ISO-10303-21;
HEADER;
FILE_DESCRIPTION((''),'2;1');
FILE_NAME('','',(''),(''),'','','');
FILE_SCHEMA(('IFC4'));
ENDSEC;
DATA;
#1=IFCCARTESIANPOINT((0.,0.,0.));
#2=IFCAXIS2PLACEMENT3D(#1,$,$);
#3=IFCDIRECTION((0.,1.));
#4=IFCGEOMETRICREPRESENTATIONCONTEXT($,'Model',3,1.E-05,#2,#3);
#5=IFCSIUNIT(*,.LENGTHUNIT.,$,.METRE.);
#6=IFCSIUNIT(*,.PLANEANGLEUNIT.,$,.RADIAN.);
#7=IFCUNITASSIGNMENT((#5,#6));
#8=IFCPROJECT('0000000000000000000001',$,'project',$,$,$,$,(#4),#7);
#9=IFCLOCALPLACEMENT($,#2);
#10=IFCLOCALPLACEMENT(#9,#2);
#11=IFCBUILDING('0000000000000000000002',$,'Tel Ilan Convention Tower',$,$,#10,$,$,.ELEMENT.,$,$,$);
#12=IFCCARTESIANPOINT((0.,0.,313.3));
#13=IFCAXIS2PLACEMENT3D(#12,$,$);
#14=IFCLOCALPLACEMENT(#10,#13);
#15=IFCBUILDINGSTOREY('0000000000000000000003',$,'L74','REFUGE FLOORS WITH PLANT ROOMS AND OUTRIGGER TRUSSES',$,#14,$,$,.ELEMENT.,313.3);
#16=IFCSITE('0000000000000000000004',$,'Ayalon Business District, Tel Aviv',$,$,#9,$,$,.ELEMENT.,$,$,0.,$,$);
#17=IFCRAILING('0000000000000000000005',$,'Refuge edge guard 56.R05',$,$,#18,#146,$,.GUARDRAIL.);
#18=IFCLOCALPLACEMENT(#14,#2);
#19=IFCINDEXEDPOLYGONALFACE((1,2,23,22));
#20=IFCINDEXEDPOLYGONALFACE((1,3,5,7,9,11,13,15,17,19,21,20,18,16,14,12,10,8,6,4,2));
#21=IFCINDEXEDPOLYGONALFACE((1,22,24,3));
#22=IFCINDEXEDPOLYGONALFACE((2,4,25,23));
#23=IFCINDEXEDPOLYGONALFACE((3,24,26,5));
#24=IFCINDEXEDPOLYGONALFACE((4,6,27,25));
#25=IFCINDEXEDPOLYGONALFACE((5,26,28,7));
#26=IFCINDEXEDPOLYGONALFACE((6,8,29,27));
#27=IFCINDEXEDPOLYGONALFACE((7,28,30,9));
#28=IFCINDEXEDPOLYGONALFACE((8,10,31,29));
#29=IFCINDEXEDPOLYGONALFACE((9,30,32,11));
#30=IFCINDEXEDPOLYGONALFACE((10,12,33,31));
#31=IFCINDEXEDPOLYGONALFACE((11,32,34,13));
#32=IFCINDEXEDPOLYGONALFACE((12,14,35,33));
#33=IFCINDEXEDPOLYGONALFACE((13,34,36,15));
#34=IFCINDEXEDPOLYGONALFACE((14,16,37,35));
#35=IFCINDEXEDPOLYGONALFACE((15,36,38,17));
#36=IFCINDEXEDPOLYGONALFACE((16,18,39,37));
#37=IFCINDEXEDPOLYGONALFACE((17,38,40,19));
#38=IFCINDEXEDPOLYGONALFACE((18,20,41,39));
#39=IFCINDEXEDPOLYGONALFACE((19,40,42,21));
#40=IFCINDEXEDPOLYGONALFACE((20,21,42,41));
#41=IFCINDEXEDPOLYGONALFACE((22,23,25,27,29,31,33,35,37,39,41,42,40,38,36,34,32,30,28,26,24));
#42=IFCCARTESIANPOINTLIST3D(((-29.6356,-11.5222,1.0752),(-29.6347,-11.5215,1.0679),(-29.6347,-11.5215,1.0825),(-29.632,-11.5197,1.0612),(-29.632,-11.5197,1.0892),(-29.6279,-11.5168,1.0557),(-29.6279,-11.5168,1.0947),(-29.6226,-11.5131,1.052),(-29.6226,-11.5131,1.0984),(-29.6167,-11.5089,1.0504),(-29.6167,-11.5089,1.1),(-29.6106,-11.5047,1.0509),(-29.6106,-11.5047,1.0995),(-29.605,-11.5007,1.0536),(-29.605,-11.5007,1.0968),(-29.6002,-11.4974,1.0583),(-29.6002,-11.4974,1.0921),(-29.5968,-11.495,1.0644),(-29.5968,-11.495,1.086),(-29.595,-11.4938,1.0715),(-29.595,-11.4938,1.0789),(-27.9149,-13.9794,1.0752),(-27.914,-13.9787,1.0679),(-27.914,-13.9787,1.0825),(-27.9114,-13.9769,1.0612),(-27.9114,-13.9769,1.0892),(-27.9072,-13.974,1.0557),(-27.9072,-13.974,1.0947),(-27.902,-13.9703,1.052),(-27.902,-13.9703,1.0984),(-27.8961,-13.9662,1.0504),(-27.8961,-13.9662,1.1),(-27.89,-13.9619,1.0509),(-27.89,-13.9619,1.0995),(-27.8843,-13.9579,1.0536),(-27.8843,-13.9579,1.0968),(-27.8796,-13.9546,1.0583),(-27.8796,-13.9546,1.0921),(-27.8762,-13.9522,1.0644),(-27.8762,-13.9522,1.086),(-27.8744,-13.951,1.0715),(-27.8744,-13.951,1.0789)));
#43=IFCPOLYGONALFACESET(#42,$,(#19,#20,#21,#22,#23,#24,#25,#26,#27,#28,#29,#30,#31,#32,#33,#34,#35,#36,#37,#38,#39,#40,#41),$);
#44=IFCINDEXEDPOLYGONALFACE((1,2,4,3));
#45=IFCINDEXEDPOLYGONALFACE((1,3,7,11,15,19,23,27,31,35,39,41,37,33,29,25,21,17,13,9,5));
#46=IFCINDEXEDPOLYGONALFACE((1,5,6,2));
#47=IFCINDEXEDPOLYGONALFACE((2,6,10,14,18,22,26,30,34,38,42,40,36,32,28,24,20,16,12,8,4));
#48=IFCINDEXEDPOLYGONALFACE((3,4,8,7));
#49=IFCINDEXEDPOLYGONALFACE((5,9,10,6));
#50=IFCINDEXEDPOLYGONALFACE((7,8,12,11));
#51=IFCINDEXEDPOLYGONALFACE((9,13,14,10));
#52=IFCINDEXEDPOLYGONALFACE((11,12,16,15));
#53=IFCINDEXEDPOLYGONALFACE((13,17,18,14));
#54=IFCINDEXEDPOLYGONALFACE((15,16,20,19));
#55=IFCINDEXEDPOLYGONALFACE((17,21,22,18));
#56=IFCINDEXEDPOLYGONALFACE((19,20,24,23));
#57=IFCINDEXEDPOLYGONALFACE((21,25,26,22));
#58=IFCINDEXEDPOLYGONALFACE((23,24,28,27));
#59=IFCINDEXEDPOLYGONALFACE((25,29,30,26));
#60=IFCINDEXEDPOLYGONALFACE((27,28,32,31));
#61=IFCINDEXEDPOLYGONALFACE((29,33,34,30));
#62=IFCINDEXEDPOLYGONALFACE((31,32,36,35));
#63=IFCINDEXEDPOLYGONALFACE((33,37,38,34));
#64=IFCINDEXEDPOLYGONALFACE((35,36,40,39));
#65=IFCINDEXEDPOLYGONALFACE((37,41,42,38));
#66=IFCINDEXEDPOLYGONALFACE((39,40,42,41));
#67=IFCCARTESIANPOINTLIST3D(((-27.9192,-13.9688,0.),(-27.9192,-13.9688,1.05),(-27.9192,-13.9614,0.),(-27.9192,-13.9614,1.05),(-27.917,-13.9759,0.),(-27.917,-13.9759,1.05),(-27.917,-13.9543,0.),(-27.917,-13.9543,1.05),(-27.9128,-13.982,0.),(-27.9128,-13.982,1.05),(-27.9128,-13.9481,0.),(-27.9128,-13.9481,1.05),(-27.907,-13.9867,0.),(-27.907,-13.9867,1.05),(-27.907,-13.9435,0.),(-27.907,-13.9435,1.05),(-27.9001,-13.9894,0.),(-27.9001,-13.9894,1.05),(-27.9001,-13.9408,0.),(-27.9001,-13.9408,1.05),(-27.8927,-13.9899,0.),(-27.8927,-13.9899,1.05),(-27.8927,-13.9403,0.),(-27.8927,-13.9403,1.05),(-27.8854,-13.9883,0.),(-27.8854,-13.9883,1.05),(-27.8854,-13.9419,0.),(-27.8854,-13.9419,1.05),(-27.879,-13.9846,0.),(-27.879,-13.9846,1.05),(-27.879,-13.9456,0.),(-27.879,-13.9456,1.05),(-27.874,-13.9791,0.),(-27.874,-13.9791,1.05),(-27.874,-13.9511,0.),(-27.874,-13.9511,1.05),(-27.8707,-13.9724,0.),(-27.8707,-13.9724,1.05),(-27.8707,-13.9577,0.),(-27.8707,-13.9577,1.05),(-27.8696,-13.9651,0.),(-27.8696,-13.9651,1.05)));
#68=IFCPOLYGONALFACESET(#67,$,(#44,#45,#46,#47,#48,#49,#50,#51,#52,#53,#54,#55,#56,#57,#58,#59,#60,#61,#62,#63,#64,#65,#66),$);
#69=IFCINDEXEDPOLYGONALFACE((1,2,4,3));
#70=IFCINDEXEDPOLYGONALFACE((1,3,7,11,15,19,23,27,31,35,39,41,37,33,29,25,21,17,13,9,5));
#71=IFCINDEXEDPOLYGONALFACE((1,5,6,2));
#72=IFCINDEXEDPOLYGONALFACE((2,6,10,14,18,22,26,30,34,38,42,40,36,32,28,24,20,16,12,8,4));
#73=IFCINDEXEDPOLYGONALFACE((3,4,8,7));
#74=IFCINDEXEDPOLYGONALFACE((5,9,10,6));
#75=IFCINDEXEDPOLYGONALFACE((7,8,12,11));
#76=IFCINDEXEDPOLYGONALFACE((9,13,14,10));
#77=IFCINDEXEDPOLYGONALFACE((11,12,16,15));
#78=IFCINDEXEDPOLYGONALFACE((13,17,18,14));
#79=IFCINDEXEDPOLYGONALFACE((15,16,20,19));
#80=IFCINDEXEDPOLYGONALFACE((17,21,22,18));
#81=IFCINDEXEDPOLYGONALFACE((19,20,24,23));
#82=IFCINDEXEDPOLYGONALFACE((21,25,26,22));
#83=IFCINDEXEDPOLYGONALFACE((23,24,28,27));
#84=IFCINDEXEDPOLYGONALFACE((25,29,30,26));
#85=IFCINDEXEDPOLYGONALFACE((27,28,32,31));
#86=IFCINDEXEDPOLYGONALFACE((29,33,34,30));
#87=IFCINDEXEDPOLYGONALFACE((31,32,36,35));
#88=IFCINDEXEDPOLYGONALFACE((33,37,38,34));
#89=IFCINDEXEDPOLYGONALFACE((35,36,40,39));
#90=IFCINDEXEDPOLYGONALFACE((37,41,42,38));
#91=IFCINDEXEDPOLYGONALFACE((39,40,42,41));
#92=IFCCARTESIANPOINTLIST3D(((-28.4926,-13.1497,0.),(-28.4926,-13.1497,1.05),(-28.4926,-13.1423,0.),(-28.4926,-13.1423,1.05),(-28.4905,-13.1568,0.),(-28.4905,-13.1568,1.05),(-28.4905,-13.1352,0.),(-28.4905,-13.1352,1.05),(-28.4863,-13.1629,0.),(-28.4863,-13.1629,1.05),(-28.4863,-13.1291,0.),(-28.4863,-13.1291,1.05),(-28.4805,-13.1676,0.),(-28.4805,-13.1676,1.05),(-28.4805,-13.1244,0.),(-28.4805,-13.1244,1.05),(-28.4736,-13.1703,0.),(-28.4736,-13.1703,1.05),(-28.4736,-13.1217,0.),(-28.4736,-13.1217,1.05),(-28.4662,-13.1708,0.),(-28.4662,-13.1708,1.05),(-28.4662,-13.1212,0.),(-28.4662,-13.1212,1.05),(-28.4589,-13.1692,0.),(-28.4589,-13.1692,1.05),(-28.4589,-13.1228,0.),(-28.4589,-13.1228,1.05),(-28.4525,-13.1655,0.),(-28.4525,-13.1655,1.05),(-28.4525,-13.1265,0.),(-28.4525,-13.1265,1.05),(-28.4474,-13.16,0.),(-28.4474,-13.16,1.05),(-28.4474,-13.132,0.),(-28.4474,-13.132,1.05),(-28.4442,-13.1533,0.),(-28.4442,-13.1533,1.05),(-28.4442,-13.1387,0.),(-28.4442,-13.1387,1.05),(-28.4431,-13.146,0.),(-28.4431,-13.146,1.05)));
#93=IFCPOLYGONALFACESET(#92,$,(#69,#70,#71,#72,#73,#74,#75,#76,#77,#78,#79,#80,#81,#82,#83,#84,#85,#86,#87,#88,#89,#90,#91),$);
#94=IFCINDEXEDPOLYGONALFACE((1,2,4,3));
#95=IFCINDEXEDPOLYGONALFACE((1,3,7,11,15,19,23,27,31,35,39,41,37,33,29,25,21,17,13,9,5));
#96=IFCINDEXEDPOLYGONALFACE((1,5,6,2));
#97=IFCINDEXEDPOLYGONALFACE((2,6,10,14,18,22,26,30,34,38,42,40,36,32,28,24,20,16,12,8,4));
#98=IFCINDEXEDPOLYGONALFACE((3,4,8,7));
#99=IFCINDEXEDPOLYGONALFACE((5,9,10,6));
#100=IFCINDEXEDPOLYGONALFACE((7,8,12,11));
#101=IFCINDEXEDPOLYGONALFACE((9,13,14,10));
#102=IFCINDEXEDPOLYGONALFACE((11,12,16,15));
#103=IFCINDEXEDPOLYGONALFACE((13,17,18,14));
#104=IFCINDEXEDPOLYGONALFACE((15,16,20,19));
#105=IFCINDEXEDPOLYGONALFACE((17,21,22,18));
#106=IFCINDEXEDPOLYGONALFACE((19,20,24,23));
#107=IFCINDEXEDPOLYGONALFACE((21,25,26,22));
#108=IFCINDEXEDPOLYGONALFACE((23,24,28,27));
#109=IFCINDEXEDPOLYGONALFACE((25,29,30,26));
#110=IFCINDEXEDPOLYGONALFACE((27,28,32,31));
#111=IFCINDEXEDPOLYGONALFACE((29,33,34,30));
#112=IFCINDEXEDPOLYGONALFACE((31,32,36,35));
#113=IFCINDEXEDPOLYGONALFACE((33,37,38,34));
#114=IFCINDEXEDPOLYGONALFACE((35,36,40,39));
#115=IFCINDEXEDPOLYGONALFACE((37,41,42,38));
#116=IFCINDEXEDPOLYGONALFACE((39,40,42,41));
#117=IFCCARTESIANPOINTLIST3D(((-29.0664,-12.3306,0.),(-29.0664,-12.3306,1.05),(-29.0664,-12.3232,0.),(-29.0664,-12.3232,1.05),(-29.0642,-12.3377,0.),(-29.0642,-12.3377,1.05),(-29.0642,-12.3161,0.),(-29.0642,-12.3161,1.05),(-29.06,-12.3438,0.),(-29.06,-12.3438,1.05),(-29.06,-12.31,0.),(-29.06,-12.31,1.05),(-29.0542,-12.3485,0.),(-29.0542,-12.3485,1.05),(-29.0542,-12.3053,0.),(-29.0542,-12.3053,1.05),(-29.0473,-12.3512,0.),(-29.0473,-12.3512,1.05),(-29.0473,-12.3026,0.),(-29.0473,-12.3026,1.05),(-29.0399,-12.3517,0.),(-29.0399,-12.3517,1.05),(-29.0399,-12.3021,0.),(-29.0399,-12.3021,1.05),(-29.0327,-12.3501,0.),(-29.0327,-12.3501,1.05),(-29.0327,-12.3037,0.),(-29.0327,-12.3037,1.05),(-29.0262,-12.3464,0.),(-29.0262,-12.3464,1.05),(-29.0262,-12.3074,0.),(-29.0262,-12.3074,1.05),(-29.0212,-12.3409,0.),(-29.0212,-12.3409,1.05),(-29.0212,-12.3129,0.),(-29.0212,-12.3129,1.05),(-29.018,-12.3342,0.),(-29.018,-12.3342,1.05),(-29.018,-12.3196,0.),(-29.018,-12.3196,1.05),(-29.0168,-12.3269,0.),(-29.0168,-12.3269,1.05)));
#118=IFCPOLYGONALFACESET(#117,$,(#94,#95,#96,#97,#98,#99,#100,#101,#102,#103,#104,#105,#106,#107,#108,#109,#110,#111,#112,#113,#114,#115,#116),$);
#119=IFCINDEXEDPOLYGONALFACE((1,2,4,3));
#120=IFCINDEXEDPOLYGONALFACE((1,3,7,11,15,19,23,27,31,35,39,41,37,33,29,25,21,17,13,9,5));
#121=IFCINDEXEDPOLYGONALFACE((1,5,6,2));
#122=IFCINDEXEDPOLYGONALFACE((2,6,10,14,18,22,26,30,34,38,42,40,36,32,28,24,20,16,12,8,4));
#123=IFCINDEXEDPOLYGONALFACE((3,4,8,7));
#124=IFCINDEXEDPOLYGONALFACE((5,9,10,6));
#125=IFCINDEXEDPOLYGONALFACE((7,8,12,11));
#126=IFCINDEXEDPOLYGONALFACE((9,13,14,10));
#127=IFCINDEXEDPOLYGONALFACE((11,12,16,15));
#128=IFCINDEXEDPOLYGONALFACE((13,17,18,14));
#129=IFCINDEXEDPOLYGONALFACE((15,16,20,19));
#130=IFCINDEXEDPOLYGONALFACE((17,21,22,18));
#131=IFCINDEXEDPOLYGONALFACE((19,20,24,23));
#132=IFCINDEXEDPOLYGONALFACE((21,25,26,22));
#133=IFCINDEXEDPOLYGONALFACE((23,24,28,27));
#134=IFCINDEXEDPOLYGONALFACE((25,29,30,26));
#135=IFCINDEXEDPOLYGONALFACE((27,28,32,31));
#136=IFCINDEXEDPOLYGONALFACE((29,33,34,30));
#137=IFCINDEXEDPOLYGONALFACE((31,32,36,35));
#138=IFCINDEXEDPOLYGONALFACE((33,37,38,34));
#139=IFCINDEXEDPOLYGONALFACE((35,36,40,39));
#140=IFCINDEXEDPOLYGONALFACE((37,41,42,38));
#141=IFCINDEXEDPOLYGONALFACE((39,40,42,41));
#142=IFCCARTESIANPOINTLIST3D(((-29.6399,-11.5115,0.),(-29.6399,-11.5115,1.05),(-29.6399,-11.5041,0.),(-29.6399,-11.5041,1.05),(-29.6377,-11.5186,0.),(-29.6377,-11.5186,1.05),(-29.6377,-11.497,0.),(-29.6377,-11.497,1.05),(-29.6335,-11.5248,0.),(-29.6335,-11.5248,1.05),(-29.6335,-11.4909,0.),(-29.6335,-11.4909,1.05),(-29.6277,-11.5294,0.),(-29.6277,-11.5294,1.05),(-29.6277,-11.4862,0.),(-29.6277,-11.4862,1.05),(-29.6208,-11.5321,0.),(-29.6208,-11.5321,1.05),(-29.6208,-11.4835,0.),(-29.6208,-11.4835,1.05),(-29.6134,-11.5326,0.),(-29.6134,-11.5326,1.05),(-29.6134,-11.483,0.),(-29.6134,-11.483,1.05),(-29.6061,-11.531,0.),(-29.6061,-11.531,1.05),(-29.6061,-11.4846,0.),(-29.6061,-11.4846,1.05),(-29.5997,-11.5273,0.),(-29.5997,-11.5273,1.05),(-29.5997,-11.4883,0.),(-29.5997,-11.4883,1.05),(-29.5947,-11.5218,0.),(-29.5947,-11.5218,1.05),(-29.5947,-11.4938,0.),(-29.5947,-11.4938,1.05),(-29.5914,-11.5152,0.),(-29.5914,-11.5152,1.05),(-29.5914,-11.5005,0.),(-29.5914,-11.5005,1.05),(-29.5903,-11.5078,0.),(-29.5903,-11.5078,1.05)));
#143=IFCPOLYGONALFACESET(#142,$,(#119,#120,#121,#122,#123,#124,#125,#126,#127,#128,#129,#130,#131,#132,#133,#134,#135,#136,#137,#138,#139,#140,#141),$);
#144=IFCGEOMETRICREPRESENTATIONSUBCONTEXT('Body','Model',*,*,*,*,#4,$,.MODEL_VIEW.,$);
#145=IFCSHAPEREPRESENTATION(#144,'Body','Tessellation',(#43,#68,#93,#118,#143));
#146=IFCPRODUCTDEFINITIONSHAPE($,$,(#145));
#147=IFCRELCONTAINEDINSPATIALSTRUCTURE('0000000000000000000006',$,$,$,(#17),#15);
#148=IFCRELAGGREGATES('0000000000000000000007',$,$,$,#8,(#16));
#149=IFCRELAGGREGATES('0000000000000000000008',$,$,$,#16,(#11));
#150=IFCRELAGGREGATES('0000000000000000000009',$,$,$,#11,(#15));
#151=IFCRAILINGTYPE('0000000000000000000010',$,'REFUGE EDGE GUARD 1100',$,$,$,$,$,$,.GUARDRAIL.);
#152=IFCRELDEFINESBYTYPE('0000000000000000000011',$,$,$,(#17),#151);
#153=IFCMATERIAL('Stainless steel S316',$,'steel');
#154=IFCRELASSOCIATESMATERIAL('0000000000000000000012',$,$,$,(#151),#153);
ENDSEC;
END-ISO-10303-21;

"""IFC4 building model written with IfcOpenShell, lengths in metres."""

from ifc_helpers import new_model, si_unit, direction, frame, origin, origin_2d, place, context, subcontext, project, spatial, circle, extrude, material, type_object, element, save


model = new_model("IFC4")

# Units and contexts
model_context = context("Model", 3, precision=1e-05, world=origin(), true_north=direction((0.0, 1.0)))
body_context = subcontext(model_context, "Body", "Model", "MODEL_VIEW")
ifc_project = project(units=[si_unit("LENGTHUNIT", "METRE"), si_unit("PLANEANGLEUNIT", "RADIAN")], contexts=[model_context])

# Site, building, storey
site_placement = place(None, origin())
site = spatial("IfcSite", under=ifc_project, at=site_placement, Name="Ayalon Business District, Tel Aviv", CompositionType="ELEMENT", RefElevation=0.0)
building_placement = place(site_placement, origin())
building = spatial("IfcBuilding", under=site, at=building_placement, Name="Tel Ilan Convention Tower", CompositionType="ELEMENT")
storey_placement = place(building_placement, frame((0.0, 0.0, 313.3)))
storey = spatial("IfcBuildingStorey", under=building, at=storey_placement, Name="L74", Description="REFUGE FLOORS WITH PLANT ROOMS AND OUTRIGGER TRUSSES", CompositionType="ELEMENT", Elevation=313.3)

# Railing
ifc_material_1 = material(Name="Stainless steel S316", Category="steel")
railing_type_1 = type_object("IfcRailingType", Name="REFUGE EDGE GUARD 1100", PredefinedType="GUARDRAIL", material=ifc_material_1)
railing_1_placement = place(storey_placement, frame((-27.8945, -13.9651, 0.0)))
element("IfcRailing", 1, at=railing_1_placement, inside=storey, type_object=railing_type_1, Name="Refuge edge guard 56.R05", PredefinedType="GUARDRAIL", context=body_context, shape_type="SweptSolid", body=[
    extrude(circle(Radius=0.0249, at=origin_2d()), frame((0.0, 0.0, 1.0752), z_axis=(-0.573599, 0.819136, 0.0), x_axis=(-0.819136, -0.573599, 0.0)), (0.0, 0.0, 1.0), 2.9998),
    extrude(circle(Radius=0.0249, at=origin_2d()), origin(), (0.0, 0.0, 1.0), 1.05),
    extrude(circle(Radius=0.0249, at=origin_2d()), frame((-0.5735, 0.8191, 0.0)), (0.0, 0.0, 1.0), 1.05),
    extrude(circle(Radius=0.0249, at=origin_2d()), frame((-1.1472, 1.6382, 0.0)), (0.0, 0.0, 1.0), 1.05),
    extrude(circle(Radius=0.0249, at=origin_2d()), frame((-1.7207, 2.4573, 0.0)), (0.0, 0.0, 1.0), 1.05),
])

save(model, "model.ifc")
